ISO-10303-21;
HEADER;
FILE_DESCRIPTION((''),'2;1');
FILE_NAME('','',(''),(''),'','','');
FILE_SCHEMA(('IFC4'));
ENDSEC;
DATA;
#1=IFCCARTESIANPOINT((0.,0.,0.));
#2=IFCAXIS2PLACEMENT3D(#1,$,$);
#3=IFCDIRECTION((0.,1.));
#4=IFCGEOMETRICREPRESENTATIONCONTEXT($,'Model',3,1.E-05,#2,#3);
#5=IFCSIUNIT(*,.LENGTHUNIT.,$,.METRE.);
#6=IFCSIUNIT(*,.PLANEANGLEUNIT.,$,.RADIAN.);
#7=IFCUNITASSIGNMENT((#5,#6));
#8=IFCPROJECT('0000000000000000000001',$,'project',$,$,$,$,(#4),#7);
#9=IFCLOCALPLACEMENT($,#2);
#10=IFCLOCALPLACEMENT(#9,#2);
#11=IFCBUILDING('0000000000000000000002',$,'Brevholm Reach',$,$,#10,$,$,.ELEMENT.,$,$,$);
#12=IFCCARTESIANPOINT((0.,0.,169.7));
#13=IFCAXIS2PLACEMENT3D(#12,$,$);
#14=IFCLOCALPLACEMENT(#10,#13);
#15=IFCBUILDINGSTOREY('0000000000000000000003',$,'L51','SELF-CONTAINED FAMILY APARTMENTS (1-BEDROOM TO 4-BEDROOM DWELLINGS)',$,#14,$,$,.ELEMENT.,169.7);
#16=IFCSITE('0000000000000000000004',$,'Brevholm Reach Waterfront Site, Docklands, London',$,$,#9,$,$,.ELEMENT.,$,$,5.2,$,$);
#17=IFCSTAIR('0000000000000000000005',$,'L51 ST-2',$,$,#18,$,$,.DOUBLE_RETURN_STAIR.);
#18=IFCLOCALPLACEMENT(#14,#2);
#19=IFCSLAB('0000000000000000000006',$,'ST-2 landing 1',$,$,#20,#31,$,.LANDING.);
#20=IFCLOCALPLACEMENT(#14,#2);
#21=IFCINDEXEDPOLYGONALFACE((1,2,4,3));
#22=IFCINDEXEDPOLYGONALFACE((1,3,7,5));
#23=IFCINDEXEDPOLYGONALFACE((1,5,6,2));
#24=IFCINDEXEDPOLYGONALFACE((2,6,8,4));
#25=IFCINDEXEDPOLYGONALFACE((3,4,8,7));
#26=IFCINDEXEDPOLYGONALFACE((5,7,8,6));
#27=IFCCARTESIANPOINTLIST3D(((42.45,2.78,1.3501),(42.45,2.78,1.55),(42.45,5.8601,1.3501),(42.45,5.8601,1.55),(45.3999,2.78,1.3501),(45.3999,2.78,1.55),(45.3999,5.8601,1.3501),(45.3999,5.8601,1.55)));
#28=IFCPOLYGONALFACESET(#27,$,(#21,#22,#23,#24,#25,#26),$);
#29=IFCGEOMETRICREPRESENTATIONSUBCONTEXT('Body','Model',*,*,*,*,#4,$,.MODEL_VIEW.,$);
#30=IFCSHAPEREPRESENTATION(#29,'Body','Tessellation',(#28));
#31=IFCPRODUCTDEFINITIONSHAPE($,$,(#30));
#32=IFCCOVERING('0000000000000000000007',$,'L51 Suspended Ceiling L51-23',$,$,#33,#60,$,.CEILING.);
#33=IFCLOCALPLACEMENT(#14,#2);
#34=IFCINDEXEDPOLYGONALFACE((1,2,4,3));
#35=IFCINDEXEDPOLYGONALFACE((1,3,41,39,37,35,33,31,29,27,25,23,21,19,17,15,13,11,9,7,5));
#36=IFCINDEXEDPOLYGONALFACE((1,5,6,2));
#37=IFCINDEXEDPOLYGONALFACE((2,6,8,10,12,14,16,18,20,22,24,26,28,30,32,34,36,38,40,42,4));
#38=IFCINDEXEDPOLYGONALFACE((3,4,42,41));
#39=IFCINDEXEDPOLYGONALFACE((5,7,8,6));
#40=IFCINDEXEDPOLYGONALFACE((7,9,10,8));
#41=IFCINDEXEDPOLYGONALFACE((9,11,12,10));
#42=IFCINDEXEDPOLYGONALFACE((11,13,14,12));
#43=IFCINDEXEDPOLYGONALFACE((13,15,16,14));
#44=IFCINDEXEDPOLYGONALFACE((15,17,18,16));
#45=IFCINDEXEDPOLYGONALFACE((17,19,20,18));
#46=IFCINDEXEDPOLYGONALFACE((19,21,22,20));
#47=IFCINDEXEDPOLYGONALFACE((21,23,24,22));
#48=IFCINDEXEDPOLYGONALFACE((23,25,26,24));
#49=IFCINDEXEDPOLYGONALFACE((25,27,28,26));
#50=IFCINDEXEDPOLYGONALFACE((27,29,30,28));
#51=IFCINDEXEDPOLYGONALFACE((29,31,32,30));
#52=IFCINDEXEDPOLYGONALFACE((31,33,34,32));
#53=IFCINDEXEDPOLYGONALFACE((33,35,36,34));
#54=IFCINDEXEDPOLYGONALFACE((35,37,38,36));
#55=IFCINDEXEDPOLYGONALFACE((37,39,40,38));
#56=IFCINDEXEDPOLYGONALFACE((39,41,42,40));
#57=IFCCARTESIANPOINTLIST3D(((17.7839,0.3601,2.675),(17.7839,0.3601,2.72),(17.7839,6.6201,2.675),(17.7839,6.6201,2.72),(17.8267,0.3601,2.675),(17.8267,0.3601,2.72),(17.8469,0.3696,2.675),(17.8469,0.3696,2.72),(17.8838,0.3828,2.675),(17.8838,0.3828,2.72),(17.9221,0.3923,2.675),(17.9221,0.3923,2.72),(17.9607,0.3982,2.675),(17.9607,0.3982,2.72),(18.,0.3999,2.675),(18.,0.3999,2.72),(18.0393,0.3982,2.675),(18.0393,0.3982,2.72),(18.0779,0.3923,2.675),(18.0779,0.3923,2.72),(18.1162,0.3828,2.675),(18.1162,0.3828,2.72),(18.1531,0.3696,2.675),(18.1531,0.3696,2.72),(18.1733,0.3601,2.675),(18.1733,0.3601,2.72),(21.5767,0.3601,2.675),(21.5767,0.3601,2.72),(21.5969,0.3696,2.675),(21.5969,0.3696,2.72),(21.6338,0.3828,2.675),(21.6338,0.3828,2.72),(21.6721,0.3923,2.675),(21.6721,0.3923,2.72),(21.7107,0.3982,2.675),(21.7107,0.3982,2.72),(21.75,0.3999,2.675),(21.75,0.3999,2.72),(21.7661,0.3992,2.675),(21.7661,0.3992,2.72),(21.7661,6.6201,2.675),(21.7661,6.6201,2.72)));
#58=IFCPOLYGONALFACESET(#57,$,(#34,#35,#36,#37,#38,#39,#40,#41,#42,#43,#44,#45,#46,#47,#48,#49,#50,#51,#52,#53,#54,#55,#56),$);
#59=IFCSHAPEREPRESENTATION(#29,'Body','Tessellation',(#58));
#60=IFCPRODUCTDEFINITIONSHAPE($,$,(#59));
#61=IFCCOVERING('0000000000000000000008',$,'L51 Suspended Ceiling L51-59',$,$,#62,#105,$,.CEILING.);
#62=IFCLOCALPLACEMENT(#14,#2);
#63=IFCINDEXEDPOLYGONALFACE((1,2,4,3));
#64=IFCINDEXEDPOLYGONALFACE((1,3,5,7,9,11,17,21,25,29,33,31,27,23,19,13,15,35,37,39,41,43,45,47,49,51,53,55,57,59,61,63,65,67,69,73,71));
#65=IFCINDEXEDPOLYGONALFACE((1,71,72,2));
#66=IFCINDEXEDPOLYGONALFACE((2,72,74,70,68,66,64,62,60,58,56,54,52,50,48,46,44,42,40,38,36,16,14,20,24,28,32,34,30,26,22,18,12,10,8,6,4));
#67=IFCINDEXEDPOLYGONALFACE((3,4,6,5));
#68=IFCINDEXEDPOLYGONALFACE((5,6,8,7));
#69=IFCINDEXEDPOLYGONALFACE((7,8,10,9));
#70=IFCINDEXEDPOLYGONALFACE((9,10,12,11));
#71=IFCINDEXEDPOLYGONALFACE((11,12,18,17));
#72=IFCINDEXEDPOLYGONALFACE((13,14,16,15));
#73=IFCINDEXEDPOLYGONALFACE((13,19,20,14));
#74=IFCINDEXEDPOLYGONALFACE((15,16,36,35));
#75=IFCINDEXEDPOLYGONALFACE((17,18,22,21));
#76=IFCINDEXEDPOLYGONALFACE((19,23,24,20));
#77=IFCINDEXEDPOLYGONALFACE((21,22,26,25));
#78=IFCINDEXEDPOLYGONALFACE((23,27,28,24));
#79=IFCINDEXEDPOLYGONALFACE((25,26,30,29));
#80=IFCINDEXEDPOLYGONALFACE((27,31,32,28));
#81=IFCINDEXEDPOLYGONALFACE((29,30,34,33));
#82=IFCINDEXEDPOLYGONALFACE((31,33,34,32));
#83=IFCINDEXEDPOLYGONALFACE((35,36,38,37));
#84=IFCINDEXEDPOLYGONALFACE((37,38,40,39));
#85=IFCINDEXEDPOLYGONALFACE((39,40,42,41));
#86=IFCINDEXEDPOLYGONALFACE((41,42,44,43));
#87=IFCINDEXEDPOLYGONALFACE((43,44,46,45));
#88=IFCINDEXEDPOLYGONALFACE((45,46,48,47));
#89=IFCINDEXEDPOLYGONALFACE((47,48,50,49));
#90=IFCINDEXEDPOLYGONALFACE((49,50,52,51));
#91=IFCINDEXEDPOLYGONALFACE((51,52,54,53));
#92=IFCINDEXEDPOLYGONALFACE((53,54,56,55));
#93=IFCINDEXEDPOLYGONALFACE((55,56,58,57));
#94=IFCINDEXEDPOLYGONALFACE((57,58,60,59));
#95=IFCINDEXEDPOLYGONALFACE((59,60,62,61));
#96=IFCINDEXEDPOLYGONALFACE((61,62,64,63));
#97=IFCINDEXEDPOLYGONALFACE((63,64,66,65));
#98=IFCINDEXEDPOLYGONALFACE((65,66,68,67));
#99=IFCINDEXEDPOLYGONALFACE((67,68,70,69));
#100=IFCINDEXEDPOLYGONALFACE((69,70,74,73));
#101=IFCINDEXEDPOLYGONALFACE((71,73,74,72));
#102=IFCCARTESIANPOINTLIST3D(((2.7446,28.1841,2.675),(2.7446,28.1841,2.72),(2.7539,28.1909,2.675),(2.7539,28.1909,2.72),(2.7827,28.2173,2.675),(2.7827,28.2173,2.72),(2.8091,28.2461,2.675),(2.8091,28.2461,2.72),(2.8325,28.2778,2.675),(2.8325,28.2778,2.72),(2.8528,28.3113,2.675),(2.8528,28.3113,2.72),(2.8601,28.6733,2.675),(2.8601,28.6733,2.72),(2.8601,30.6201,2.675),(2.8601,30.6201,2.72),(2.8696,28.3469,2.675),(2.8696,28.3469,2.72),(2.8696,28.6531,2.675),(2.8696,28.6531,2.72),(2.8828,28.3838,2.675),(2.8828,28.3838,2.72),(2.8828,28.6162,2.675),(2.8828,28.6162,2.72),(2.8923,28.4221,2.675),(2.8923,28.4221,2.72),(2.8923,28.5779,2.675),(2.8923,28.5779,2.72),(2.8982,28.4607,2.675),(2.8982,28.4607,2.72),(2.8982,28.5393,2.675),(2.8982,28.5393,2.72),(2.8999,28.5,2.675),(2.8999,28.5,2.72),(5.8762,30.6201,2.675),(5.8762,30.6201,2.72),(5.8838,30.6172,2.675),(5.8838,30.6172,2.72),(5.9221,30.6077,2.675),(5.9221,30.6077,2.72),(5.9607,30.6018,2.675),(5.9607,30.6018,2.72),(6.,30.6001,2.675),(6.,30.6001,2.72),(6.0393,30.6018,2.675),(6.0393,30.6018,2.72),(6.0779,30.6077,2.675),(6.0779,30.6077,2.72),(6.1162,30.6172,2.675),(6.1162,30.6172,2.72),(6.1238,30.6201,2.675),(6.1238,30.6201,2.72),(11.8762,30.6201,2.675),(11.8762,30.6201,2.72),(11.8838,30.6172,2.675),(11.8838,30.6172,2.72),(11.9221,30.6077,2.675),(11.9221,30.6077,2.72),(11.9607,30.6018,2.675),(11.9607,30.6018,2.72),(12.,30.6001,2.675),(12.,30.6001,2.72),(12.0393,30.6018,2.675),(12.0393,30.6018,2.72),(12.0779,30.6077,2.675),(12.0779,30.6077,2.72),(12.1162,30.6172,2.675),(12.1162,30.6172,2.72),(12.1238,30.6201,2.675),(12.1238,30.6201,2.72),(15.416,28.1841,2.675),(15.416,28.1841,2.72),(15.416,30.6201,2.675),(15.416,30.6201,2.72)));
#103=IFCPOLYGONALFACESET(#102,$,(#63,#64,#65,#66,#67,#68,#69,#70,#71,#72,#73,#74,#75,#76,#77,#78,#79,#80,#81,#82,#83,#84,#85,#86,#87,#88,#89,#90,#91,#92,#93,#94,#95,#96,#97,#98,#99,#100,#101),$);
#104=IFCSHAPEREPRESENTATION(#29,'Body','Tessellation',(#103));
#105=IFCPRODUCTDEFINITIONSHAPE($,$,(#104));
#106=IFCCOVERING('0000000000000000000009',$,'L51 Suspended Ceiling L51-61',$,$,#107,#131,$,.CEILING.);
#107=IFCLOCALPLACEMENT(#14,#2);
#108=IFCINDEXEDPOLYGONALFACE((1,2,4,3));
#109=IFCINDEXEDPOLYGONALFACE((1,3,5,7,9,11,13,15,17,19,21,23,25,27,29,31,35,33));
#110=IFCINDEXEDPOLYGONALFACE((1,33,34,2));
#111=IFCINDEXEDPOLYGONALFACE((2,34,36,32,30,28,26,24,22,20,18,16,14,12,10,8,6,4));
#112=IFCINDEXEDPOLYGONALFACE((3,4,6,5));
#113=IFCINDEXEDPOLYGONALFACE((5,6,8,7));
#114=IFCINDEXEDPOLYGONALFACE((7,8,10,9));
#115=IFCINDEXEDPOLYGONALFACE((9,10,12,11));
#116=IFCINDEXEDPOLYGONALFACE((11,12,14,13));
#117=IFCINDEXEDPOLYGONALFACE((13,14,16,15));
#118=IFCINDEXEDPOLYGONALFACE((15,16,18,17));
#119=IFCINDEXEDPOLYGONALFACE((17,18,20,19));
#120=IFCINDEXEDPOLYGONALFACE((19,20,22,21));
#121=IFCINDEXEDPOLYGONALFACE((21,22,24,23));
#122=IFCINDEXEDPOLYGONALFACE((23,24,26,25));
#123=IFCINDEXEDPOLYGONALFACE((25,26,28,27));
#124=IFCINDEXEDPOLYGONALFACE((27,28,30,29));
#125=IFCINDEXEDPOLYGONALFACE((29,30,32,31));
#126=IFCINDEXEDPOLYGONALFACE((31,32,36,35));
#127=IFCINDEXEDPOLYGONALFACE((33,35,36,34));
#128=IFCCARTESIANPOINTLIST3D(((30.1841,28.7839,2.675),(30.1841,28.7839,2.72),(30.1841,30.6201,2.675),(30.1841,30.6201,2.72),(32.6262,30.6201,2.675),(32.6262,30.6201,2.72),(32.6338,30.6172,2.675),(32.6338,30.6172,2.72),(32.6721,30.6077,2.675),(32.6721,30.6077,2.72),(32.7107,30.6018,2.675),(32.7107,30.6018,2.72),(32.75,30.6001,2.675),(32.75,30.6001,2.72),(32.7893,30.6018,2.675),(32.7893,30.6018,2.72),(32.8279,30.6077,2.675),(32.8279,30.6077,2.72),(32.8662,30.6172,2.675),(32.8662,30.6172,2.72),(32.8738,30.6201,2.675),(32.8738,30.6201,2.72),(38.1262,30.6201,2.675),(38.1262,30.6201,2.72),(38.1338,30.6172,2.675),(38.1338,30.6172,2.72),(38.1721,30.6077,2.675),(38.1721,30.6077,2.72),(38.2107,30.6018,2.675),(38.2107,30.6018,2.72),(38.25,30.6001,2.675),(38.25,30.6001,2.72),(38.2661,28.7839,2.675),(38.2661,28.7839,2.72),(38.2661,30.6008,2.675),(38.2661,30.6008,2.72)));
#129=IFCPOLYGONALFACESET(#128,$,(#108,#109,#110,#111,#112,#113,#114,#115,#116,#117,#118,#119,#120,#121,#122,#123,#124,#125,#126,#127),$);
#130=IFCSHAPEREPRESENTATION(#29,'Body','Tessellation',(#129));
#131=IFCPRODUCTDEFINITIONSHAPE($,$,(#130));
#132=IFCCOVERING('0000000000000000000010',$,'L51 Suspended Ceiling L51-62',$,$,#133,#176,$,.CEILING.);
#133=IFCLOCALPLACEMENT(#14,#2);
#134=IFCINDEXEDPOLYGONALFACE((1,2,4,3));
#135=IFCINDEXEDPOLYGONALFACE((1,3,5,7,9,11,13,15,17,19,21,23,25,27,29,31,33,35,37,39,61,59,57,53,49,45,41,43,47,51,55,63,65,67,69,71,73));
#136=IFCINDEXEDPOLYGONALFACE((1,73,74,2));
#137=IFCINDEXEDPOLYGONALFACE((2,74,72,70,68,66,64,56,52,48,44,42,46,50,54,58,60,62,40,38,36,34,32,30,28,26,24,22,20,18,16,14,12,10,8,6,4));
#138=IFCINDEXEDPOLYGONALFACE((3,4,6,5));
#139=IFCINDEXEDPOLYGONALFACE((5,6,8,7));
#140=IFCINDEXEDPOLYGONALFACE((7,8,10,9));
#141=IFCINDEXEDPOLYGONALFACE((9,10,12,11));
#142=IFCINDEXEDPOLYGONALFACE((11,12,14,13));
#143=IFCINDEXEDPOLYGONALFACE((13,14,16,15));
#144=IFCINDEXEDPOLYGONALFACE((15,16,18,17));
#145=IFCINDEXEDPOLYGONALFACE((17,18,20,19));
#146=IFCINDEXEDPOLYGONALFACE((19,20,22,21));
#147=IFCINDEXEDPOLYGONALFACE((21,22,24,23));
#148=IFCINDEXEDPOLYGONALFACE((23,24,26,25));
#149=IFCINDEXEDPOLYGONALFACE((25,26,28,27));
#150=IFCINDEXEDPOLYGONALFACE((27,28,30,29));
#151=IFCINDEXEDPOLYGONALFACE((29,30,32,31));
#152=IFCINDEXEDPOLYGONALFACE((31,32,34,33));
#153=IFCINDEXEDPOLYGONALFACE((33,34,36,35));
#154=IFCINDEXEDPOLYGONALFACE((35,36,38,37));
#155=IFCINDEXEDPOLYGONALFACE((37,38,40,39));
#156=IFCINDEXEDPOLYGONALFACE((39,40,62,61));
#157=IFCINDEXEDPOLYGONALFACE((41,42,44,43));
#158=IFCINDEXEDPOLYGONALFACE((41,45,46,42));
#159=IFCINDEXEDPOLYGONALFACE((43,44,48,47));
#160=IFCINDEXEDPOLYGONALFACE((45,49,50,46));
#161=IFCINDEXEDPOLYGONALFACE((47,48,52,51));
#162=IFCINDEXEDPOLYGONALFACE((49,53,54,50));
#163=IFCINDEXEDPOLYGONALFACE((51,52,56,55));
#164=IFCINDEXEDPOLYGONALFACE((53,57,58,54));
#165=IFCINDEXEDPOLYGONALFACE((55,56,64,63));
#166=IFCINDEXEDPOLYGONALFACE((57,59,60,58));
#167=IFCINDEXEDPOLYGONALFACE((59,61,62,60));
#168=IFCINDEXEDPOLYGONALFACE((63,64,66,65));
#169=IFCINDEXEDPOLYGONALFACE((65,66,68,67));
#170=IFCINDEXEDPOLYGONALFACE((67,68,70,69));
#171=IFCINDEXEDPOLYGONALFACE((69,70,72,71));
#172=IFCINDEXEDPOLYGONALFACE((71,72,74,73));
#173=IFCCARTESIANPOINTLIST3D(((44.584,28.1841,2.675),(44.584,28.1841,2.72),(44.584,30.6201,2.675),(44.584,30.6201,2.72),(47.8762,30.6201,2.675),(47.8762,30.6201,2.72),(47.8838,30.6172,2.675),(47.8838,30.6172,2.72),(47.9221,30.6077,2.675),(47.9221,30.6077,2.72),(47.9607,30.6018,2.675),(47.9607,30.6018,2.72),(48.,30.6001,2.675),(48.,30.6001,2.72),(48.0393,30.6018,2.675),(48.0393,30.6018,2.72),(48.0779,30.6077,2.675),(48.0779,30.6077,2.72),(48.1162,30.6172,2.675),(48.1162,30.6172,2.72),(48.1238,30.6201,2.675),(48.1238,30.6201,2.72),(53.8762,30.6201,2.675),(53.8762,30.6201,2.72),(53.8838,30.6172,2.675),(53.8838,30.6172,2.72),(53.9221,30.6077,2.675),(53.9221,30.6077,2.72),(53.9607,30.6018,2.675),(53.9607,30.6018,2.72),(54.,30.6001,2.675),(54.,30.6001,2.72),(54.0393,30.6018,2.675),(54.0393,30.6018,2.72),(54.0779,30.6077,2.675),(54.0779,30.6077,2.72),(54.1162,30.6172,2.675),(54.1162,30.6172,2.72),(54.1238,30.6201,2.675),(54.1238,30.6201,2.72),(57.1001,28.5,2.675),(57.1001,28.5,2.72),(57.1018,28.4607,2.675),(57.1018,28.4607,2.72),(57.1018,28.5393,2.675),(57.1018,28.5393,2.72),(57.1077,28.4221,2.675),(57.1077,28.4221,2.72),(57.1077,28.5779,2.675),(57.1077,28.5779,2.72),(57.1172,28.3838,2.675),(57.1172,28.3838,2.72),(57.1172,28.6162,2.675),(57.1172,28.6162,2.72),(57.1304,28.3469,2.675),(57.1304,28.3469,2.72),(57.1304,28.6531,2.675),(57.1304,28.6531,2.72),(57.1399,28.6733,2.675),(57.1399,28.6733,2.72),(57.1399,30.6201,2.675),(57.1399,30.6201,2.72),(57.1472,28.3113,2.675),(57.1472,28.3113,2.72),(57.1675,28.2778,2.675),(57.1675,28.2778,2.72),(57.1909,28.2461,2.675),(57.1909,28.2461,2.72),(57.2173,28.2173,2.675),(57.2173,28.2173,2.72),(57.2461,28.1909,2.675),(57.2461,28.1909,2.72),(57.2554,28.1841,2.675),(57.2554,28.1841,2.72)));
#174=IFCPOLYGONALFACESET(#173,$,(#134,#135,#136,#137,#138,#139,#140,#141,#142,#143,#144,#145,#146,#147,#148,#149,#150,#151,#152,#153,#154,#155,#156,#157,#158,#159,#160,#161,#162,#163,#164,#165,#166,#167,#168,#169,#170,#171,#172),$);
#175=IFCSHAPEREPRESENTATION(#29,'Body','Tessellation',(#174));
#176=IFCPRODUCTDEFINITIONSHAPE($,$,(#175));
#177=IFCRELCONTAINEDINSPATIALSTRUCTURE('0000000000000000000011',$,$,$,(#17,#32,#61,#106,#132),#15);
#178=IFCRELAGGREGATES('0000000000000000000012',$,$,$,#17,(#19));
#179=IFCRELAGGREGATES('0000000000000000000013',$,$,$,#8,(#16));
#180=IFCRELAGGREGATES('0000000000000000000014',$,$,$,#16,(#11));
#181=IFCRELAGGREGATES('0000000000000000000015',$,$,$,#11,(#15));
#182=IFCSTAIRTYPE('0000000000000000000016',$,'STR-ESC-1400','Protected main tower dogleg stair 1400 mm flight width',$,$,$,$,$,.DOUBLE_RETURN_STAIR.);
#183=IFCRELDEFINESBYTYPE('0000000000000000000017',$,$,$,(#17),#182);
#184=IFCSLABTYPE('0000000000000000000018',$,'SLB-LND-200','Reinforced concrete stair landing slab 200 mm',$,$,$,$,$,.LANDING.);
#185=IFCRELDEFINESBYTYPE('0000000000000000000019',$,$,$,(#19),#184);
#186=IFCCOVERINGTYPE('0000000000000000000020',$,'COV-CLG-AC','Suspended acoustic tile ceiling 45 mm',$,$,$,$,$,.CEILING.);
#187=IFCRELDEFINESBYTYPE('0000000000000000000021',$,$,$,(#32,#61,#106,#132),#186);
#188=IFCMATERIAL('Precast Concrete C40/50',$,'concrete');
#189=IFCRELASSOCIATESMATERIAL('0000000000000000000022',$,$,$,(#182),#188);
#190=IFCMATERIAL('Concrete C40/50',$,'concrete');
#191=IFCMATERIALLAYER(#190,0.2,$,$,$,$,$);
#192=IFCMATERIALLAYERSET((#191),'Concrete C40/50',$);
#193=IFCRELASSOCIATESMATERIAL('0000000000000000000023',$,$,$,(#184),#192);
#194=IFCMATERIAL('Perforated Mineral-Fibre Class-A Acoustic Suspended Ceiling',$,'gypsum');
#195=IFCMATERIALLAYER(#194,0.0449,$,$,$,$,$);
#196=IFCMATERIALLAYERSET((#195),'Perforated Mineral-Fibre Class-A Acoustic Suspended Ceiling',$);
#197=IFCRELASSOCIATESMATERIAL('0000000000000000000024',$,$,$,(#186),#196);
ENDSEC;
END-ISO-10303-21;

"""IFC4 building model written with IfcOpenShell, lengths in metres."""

from ifc_helpers import new_model, si_unit, direction, frame, origin, place, context, subcontext, project, spatial, polyline, outline, extrude, material, layer, layer_set, type_object, element, aggregate, save


model = new_model("IFC4")

# Units and contexts
model_context = context("Model", 3, precision=1e-05, world=origin(), true_north=direction((0.0, 1.0)))
body_context = subcontext(model_context, "Body", "Model", "MODEL_VIEW")
ifc_project = project(units=[si_unit("LENGTHUNIT", "METRE"), si_unit("PLANEANGLEUNIT", "RADIAN")], contexts=[model_context])

# Site, building, storey
site_placement = place(None, origin())
site = spatial("IfcSite", under=ifc_project, at=site_placement, Name="Brevholm Reach Waterfront Site, Docklands, London", CompositionType="ELEMENT", RefElevation=5.2)
building_placement = place(site_placement, origin())
building = spatial("IfcBuilding", under=site, at=building_placement, Name="Brevholm Reach", CompositionType="ELEMENT")
storey_placement = place(building_placement, frame((0.0, 0.0, 169.7)))
storey = spatial("IfcBuildingStorey", under=building, at=storey_placement, Name="L51", Description="SELF-CONTAINED FAMILY APARTMENTS (1-BEDROOM TO 4-BEDROOM DWELLINGS)", CompositionType="ELEMENT", Elevation=169.7)

# Stair, slab
ifc_material_1 = material(Name="Precast Concrete C40/50", Category="concrete")
stair_type = type_object("IfcStairType", Name="STR-ESC-1400", Description="Protected main tower dogleg stair 1400 mm flight width", PredefinedType="DOUBLE_RETURN_STAIR", material=ifc_material_1)
ifc_material_2 = material(Name="Concrete C40/50", Category="concrete")
ifc_layer_1 = layer(ifc_material_2, 0.2)
ifc_layer_set_1 = layer_set([ifc_layer_1], Name="Concrete C40/50")
slab_type_1 = type_object("IfcSlabType", Name="SLB-LND-200", Description="Reinforced concrete stair landing slab 200 mm", PredefinedType="LANDING", material=ifc_layer_set_1)
stair_1_placement = place(storey_placement, origin())
stair_1 = element("IfcStair", 1, at=stair_1_placement, inside=storey, type_object=stair_type, Name="L51 ST-2", PredefinedType="DOUBLE_RETURN_STAIR")
slab_1_placement = place(storey_placement, frame((0.0, 0.0, 1.3501)))
slab_1 = element("IfcSlab", 2, at=slab_1_placement, type_object=slab_type_1, Name="ST-2 landing 1", PredefinedType="LANDING", context=body_context, shape_type="SweptSolid", body=[
    extrude(outline(polyline([(42.45, 5.8601), (42.45, 2.78), (45.3999, 2.78), (45.3999, 5.8601), (42.45, 5.8601)])), origin(), (0.0, 0.0, 1.0), 0.2),
])
aggregate(stair_1, [slab_1])

# Coverings
ifc_material_3 = material(Name="Perforated Mineral-Fibre Class-A Acoustic Suspended Ceiling", Category="gypsum")
ifc_layer_2 = layer(ifc_material_3, 0.0449)
ifc_layer_set_2 = layer_set([ifc_layer_2], Name="Perforated Mineral-Fibre Class-A Acoustic Suspended Ceiling")
covering_type_1 = type_object("IfcCoveringType", Name="COV-CLG-AC", Description="Suspended acoustic tile ceiling 45 mm", PredefinedType="CEILING", material=ifc_layer_set_2)
covering_1_placement = place(storey_placement, frame((0.0, 0.0, 2.675)))
element("IfcCovering", 3, at=covering_1_placement, inside=storey, type_object=covering_type_1, Name="L51 Suspended Ceiling L51-23", PredefinedType="CEILING", context=body_context, shape_type="SweptSolid", body=[
    extrude(outline(polyline([(21.7661, 6.6201), (21.7661, 0.3992), (21.75, 0.3999), (21.7107, 0.3982), (21.6721, 0.3923), (21.6338, 0.3828), (21.5969, 0.3696), (21.5767, 0.3601), (18.1733, 0.3601), (18.1531, 0.3696), (18.1162, 0.3828), (18.0779, 0.3923), (18.0393, 0.3982), (18.0, 0.3999), (17.9607, 0.3982), (17.9221, 0.3923), (17.8838, 0.3828), (17.8469, 0.3696), (17.8267, 0.3601), (17.7839, 0.3601), (17.7839, 6.6201), (21.7661, 6.6201)])), origin(), (0.0, 0.0, 1.0), 0.0449),
])
covering_2_placement = place(storey_placement, frame((0.0, 0.0, 2.675)))
element("IfcCovering", 4, at=covering_2_placement, inside=storey, type_object=covering_type_1, Name="L51 Suspended Ceiling L51-59", PredefinedType="CEILING", context=body_context, shape_type="SweptSolid", body=[
    extrude(outline(polyline([(2.8601, 30.6201), (5.8762, 30.6201), (5.8838, 30.6172), (5.9221, 30.6077), (5.9607, 30.6018), (6.0, 30.6001), (6.0393, 30.6018), (6.0779, 30.6077), (6.1162, 30.6172), (6.1238, 30.6201), (11.8762, 30.6201), (11.8838, 30.6172), (11.9221, 30.6077), (11.9607, 30.6018), (12.0, 30.6001), (12.0393, 30.6018), (12.0779, 30.6077), (12.1162, 30.6172), (12.1238, 30.6201), (15.416, 30.6201), (15.416, 28.1841), (2.7446, 28.1841), (2.7539, 28.1909), (2.7827, 28.2173), (2.8091, 28.2461), (2.8325, 28.2778), (2.8528, 28.3113), (2.8696, 28.3469), (2.8828, 28.3838), (2.8923, 28.4221), (2.8982, 28.4607), (2.8999, 28.5), (2.8982, 28.5393), (2.8923, 28.5779), (2.8828, 28.6162), (2.8696, 28.6531), (2.8601, 28.6733), (2.8601, 30.6201)])), origin(), (0.0, 0.0, 1.0), 0.0449),
])
covering_3_placement = place(storey_placement, frame((0.0, 0.0, 2.675)))
element("IfcCovering", 5, at=covering_3_placement, inside=storey, type_object=covering_type_1, Name="L51 Suspended Ceiling L51-61", PredefinedType="CEILING", context=body_context, shape_type="SweptSolid", body=[
    extrude(outline(polyline([(32.6262, 30.6201), (32.6338, 30.6172), (32.6721, 30.6077), (32.7107, 30.6018), (32.75, 30.6001), (32.7893, 30.6018), (32.8279, 30.6077), (32.8662, 30.6172), (32.8738, 30.6201), (38.1262, 30.6201), (38.1338, 30.6172), (38.1721, 30.6077), (38.2107, 30.6018), (38.25, 30.6001), (38.2661, 30.6008), (38.2661, 28.7839), (30.1841, 28.7839), (30.1841, 30.6201), (32.6262, 30.6201)])), origin(), (0.0, 0.0, 1.0), 0.0449),
])
covering_4_placement = place(storey_placement, frame((0.0, 0.0, 2.675)))
element("IfcCovering", 6, at=covering_4_placement, inside=storey, type_object=covering_type_1, Name="L51 Suspended Ceiling L51-62", PredefinedType="CEILING", context=body_context, shape_type="SweptSolid", body=[
    extrude(outline(polyline([(47.8762, 30.6201), (47.8838, 30.6172), (47.9221, 30.6077), (47.9607, 30.6018), (48.0, 30.6001), (48.0393, 30.6018), (48.0779, 30.6077), (48.1162, 30.6172), (48.1238, 30.6201), (53.8762, 30.6201), (53.8838, 30.6172), (53.9221, 30.6077), (53.9607, 30.6018), (54.0, 30.6001), (54.0393, 30.6018), (54.0779, 30.6077), (54.1162, 30.6172), (54.1238, 30.6201), (57.1399, 30.6201), (57.1399, 28.6733), (57.1304, 28.6531), (57.1172, 28.6162), (57.1077, 28.5779), (57.1018, 28.5393), (57.1001, 28.5), (57.1018, 28.4607), (57.1077, 28.4221), (57.1172, 28.3838), (57.1304, 28.3469), (57.1472, 28.3113), (57.1675, 28.2778), (57.1909, 28.2461), (57.2173, 28.2173), (57.2461, 28.1909), (57.2554, 28.1841), (44.584, 28.1841), (44.584, 30.6201), (47.8762, 30.6201)])), origin(), (0.0, 0.0, 1.0), 0.0449),
])

save(model, "model.ifc")
